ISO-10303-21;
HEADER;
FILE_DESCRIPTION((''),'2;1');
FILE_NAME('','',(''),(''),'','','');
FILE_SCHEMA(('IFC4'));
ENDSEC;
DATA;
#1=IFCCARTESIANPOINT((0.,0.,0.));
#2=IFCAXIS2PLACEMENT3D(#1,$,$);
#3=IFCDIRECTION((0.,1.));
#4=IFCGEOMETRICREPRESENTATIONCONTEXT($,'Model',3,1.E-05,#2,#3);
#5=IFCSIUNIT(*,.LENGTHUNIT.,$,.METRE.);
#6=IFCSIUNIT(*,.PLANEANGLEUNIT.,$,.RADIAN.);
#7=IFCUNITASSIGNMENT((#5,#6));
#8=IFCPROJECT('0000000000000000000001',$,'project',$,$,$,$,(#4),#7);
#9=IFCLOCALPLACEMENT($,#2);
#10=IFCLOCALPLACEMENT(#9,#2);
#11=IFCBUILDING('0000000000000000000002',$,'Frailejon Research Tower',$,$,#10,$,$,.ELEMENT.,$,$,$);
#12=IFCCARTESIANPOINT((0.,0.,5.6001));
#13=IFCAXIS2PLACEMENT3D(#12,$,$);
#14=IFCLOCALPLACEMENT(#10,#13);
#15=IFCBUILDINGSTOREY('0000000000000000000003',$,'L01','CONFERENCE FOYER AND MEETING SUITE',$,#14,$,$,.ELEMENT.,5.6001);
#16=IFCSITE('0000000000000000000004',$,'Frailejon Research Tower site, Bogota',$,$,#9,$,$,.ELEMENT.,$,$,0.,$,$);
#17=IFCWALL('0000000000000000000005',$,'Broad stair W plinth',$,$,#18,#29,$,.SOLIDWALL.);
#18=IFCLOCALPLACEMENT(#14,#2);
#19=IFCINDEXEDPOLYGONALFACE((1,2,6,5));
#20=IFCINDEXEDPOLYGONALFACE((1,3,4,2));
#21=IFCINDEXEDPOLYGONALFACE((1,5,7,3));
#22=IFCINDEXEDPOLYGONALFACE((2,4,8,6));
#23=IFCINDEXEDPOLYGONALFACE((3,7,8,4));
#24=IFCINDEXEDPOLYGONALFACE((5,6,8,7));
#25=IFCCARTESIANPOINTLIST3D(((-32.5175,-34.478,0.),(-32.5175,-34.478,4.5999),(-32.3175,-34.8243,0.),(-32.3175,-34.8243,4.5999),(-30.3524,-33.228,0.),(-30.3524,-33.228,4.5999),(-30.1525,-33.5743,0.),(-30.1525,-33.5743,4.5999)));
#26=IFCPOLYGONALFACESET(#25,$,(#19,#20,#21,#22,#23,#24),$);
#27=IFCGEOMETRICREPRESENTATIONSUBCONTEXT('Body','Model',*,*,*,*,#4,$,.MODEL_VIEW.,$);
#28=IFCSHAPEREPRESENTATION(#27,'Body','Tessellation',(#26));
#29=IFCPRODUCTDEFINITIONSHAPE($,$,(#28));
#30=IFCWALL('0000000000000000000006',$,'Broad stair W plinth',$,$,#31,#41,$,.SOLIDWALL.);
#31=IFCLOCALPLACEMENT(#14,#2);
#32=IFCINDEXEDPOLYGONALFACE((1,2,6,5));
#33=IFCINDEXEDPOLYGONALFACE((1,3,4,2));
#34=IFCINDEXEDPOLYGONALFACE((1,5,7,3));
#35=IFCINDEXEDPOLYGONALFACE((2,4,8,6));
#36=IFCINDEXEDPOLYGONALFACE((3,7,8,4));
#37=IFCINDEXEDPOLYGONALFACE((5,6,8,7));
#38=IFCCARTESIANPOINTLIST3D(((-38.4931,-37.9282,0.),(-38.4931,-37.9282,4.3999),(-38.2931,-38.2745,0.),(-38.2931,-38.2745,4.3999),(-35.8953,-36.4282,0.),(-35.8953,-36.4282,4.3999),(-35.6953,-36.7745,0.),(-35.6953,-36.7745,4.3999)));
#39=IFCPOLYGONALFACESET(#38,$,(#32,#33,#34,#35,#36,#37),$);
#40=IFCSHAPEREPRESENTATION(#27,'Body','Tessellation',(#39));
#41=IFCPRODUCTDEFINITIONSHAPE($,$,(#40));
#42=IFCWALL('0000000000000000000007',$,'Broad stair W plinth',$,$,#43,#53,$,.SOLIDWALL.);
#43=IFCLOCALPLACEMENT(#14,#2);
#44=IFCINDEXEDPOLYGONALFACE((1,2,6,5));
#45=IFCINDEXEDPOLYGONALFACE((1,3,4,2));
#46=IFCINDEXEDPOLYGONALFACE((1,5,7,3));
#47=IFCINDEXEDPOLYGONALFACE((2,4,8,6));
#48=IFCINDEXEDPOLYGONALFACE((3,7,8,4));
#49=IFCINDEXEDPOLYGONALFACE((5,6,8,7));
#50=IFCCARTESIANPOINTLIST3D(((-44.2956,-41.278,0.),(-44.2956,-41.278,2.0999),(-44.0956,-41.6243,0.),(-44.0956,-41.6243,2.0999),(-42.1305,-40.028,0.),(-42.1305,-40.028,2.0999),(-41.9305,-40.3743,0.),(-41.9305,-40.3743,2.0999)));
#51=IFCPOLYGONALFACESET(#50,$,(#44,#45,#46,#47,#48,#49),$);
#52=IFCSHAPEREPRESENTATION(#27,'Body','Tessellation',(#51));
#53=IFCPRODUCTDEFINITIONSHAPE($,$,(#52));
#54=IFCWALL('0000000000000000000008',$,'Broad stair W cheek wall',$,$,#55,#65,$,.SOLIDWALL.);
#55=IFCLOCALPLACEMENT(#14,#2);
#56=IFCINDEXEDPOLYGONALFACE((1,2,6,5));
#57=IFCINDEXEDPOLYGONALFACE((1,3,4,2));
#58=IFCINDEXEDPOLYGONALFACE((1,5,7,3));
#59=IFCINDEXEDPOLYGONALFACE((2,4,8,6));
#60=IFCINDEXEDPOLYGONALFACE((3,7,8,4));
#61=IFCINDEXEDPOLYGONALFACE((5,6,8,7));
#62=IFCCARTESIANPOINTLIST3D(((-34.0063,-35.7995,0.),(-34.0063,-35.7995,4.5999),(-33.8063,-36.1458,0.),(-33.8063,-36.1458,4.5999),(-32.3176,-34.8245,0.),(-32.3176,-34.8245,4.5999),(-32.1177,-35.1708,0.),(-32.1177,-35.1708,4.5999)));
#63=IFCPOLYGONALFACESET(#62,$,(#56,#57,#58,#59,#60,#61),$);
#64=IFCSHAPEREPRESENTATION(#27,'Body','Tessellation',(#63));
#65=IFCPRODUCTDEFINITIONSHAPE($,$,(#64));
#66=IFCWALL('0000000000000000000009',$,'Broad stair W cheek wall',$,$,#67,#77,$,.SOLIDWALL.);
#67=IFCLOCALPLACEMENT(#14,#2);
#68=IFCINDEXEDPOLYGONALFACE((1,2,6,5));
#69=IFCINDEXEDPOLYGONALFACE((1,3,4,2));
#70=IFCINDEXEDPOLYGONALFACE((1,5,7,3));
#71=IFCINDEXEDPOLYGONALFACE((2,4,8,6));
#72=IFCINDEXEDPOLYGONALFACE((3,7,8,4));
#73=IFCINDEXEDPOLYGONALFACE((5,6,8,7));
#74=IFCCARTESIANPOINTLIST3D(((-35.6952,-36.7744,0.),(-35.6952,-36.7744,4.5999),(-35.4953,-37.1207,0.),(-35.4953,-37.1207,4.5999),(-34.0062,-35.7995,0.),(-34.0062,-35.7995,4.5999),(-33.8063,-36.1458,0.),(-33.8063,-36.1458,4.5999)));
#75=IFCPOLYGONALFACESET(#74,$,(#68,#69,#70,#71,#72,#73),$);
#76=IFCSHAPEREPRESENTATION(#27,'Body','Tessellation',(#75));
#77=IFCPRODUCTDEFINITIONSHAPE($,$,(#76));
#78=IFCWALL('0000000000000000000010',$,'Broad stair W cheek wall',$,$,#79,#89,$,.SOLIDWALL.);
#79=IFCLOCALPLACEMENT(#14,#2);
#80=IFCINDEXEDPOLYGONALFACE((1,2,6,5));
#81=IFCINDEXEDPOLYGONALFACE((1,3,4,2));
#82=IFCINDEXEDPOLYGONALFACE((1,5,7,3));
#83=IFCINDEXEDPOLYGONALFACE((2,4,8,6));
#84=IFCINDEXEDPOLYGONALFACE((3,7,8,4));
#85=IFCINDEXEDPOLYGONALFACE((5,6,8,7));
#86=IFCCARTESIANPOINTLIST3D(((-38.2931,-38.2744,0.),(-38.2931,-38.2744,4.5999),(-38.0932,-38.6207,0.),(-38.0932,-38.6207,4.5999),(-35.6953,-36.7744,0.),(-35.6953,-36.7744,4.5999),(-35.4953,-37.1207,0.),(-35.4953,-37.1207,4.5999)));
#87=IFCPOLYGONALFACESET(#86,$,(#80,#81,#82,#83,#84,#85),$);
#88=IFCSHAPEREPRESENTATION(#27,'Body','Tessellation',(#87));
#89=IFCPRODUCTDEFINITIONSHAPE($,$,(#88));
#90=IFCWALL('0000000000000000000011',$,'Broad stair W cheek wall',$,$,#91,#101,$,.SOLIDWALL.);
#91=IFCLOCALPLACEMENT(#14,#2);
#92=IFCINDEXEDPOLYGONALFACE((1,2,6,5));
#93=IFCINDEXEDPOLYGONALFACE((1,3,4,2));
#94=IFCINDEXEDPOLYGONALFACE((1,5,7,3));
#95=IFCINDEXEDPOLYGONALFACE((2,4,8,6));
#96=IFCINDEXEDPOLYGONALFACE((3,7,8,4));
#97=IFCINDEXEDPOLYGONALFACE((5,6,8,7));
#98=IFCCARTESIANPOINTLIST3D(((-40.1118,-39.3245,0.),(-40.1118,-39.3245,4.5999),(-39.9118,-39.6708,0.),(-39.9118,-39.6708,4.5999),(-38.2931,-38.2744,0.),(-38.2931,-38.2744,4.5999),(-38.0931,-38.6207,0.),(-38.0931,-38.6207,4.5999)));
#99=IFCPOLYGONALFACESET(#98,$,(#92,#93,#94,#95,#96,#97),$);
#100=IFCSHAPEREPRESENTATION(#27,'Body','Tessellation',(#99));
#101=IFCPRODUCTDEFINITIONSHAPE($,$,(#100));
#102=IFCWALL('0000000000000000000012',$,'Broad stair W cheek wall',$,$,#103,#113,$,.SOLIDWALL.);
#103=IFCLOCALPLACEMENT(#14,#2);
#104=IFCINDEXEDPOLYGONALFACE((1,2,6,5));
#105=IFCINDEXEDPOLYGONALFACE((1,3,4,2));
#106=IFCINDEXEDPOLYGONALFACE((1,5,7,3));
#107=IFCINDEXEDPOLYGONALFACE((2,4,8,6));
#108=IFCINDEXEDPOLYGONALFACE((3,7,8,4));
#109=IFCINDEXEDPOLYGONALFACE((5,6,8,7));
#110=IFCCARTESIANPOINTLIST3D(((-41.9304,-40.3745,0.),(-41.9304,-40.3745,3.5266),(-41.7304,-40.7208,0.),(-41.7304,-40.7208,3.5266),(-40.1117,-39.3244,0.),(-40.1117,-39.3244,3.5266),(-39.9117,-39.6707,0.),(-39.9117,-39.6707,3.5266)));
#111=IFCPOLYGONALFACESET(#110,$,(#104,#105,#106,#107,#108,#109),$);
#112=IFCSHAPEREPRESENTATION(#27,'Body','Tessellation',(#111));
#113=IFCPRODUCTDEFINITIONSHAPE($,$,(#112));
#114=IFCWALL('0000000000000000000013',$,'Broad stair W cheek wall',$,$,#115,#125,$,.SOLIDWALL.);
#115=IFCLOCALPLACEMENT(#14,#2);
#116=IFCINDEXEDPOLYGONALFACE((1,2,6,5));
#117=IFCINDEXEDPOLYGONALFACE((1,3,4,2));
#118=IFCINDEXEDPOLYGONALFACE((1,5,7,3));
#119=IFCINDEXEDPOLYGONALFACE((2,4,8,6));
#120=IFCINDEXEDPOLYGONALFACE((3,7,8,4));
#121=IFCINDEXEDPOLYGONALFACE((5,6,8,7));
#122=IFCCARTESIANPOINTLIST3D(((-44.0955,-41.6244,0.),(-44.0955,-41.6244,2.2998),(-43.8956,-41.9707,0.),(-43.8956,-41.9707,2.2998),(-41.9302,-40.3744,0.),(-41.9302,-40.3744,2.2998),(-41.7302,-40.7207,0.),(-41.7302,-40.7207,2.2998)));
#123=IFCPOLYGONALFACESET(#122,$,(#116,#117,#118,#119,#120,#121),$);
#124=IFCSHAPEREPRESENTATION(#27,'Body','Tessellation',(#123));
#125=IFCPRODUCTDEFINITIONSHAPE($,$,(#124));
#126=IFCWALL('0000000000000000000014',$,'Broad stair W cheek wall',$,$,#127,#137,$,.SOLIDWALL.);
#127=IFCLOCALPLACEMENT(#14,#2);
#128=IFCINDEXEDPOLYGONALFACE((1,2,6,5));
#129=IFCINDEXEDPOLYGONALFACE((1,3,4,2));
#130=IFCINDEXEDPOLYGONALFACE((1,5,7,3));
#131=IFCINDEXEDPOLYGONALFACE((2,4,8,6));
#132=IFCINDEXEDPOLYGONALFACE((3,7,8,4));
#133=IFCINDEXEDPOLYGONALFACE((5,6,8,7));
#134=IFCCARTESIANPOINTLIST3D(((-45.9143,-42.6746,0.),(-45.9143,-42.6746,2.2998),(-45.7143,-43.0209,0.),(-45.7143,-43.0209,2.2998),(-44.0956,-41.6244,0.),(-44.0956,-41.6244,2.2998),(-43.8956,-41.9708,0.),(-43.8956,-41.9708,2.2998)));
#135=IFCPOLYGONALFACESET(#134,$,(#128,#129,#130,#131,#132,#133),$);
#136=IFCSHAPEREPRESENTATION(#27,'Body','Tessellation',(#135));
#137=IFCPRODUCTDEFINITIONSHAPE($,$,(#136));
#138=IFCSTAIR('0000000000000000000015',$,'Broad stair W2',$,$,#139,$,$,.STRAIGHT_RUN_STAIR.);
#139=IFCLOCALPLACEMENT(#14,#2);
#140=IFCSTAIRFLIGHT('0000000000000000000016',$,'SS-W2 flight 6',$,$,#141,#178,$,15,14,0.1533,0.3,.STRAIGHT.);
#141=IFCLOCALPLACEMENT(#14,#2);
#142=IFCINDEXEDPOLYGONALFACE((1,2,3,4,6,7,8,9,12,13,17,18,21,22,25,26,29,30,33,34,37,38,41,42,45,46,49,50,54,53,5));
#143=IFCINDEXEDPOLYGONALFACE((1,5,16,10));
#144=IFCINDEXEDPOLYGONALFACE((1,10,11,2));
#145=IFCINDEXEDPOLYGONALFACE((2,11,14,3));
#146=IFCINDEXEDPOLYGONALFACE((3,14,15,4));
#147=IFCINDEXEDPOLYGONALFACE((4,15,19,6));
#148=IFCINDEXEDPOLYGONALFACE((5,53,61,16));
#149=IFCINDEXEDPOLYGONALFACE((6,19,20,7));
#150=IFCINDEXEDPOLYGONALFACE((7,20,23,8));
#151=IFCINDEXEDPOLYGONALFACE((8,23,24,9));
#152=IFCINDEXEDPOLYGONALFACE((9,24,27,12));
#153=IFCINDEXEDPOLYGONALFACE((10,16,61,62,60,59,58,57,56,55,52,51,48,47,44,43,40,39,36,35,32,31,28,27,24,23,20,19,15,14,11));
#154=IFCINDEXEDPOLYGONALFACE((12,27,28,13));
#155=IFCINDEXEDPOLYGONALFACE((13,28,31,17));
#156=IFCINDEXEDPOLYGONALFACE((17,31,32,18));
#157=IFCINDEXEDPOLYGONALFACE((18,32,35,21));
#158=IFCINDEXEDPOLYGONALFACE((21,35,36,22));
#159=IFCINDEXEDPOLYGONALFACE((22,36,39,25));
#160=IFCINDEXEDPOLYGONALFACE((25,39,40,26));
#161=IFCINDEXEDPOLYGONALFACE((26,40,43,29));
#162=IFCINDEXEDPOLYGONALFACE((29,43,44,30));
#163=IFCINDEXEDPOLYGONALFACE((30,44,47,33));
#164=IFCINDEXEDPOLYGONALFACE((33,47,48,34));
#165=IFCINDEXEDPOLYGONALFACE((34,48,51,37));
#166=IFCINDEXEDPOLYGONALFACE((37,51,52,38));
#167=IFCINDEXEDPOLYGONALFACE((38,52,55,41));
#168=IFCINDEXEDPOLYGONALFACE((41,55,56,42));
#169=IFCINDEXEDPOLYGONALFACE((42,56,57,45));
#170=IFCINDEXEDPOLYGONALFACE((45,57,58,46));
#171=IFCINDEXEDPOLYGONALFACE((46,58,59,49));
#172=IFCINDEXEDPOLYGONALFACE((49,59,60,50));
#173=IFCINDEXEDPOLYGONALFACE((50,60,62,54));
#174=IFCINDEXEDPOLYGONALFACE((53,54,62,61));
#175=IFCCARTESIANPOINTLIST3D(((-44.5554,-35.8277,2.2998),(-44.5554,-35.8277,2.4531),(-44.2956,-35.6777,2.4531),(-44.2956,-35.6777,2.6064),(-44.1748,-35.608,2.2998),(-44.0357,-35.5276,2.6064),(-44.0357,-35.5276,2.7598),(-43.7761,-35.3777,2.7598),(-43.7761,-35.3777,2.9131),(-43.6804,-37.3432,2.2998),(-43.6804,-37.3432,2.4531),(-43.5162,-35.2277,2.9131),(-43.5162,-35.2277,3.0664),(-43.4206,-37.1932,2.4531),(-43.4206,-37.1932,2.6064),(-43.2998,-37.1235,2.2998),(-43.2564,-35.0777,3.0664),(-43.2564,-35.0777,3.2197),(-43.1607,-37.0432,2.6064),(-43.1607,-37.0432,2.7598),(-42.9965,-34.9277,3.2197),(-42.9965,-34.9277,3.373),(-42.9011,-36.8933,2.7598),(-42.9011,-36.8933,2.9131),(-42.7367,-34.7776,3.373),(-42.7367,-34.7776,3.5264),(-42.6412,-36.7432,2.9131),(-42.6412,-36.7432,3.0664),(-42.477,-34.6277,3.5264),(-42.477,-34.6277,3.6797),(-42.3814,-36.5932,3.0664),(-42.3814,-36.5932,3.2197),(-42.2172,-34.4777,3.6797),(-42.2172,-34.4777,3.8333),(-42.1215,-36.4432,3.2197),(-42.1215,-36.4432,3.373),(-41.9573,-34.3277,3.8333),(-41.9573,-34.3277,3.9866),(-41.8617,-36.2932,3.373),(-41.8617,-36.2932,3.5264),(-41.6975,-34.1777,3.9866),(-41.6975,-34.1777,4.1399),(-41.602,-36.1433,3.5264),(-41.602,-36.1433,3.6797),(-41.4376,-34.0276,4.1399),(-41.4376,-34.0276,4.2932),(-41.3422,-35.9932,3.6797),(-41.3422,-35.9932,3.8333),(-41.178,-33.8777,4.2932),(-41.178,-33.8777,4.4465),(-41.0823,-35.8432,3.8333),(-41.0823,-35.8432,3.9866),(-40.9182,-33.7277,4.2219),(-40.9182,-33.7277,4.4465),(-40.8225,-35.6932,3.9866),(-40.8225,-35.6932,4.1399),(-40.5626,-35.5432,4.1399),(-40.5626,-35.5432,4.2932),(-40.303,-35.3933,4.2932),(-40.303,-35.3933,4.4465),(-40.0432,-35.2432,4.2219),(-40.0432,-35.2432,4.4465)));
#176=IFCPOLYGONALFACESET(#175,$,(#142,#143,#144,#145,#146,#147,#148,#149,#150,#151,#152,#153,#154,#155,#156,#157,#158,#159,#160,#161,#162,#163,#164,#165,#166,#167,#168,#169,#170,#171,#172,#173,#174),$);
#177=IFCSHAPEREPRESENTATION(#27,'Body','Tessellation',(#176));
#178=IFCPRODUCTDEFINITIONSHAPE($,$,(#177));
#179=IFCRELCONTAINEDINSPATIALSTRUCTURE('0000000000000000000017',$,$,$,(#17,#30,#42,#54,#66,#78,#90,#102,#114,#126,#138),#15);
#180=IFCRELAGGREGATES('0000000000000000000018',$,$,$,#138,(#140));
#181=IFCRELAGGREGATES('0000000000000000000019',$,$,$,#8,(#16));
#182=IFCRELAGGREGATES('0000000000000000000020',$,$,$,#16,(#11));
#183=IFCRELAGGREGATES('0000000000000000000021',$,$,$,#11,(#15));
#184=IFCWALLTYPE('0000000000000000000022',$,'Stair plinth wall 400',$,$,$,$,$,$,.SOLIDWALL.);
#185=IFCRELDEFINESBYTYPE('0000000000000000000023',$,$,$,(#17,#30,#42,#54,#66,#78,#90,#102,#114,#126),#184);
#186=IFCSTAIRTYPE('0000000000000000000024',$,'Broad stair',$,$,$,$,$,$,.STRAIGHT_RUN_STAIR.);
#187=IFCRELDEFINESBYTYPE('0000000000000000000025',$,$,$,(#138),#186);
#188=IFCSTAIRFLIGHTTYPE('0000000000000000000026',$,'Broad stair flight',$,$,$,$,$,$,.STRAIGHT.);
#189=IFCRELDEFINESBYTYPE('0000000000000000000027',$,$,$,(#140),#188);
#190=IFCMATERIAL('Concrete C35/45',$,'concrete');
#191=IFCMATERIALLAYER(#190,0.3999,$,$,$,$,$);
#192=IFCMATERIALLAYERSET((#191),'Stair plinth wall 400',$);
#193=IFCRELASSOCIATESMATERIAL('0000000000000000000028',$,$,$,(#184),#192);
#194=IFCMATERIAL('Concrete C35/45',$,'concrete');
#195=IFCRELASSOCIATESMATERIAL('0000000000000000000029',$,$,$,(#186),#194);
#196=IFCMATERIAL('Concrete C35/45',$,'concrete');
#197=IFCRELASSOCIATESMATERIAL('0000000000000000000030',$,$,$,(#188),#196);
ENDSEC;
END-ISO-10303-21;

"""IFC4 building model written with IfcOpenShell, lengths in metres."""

from ifc_helpers import new_model, si_unit, direction, frame, frame_2d, origin, place, context, subcontext, project, spatial, polyline, rectangle, outline, extrude, material, layer, layer_set, type_object, element, aggregate, save


model = new_model("IFC4")

# Units and contexts
model_context = context("Model", 3, precision=1e-05, world=origin(), true_north=direction((0.0, 1.0)))
body_context = subcontext(model_context, "Body", "Model", "MODEL_VIEW")
ifc_project = project(units=[si_unit("LENGTHUNIT", "METRE"), si_unit("PLANEANGLEUNIT", "RADIAN")], contexts=[model_context])

# Site, building, storey
site_placement = place(None, origin())
site = spatial("IfcSite", under=ifc_project, at=site_placement, Name="Frailejon Research Tower site, Bogota", CompositionType="ELEMENT", RefElevation=0.0)
building_placement = place(site_placement, origin())
building = spatial("IfcBuilding", under=site, at=building_placement, Name="Frailejon Research Tower", CompositionType="ELEMENT")
storey_placement = place(building_placement, frame((0.0, 0.0, 5.6001)))
storey = spatial("IfcBuildingStorey", under=building, at=storey_placement, Name="L01", Description="CONFERENCE FOYER AND MEETING SUITE", CompositionType="ELEMENT", Elevation=5.6001)

# Walls
ifc_material_1 = material(Name="Concrete C35/45", Category="concrete")
ifc_layer = layer(ifc_material_1, 0.3999)
ifc_layer_set = layer_set([ifc_layer], Name="Stair plinth wall 400")
wall_type = type_object("IfcWallType", Name="Stair plinth wall 400", PredefinedType="SOLIDWALL", material=ifc_layer_set)
wall_1_placement = place(storey_placement, frame((-30.2524, -33.4011, 0.0), z_axis=(0.0, 0.0, 1.0), x_axis=(-0.866023, -0.500004, 0.0)))
element("IfcWall", 1, at=wall_1_placement, inside=storey, type_object=wall_type, Name="Broad stair W plinth", PredefinedType="SOLIDWALL", context=body_context, shape_type="SweptSolid", body=[
    extrude(rectangle(XDim=2.5, YDim=0.3999, at=frame_2d((1.25, 0.0))), origin(), (0.0, 0.0, 1.0), 4.5999),
])
wall_2_placement = place(storey_placement, frame((-35.7952, -36.6013, 0.0), z_axis=(0.0, 0.0, 1.0), x_axis=(-0.866011, -0.500025, 0.0)))
element("IfcWall", 2, at=wall_2_placement, inside=storey, type_object=wall_type, Name="Broad stair W plinth", PredefinedType="SOLIDWALL", context=body_context, shape_type="SweptSolid", body=[
    extrude(rectangle(XDim=2.9998, YDim=0.3999, at=frame_2d((1.5, 0.0))), origin(), (0.0, 0.0, 1.0), 4.3999),
])
wall_3_placement = place(storey_placement, frame((-42.0305, -40.2012, 0.0), z_axis=(0.0, 0.0, 1.0), x_axis=(-0.866023, -0.500004, 0.0)))
element("IfcWall", 3, at=wall_3_placement, inside=storey, type_object=wall_type, Name="Broad stair W plinth", PredefinedType="SOLIDWALL", context=body_context, shape_type="SweptSolid", body=[
    extrude(rectangle(XDim=2.5, YDim=0.3999, at=frame_2d((1.25, 0.0))), origin(), (0.0, 0.0, 1.0), 2.0999),
])
wall_4_placement = place(storey_placement, frame((-32.2175, -34.9976, 0.0), z_axis=(0.0, 0.0, 1.0), x_axis=(-0.866, -0.500044, 0.0)))
element("IfcWall", 4, at=wall_4_placement, inside=storey, type_object=wall_type, Name="Broad stair W cheek wall", PredefinedType="SOLIDWALL", context=body_context, shape_type="SweptSolid", body=[
    extrude(rectangle(XDim=1.95, YDim=0.3999, at=frame_2d((0.9751, 0.0))), origin(), (0.0, 0.0, 1.0), 4.5999),
])
wall_5_placement = place(storey_placement, frame((-33.9062, -35.9727, 0.0), z_axis=(0.0, 0.0, 1.0), x_axis=(-0.866086, -0.499896, 0.0)))
element("IfcWall", 5, at=wall_5_placement, inside=storey, type_object=wall_type, Name="Broad stair W cheek wall", PredefinedType="SOLIDWALL", context=body_context, shape_type="SweptSolid", body=[
    extrude(rectangle(XDim=1.9502, YDim=0.3999, at=frame_2d((0.9751, 0.0))), origin(), (0.0, 0.0, 1.0), 4.5999),
])
wall_6_placement = place(storey_placement, frame((-35.5952, -36.9475, 0.0), z_axis=(0.0, 0.0, 1.0), x_axis=(-0.866011, -0.500025, 0.0)))
element("IfcWall", 6, at=wall_6_placement, inside=storey, type_object=wall_type, Name="Broad stair W cheek wall", PredefinedType="SOLIDWALL", context=body_context, shape_type="SweptSolid", body=[
    extrude(rectangle(XDim=2.9998, YDim=0.3999, at=frame_2d((1.5, 0.0))), origin(), (0.0, 0.0, 1.0), 4.5999),
])
wall_7_placement = place(storey_placement, frame((-38.1931, -38.4475, 0.0), z_axis=(0.0, 0.0, 1.0), x_axis=(-0.866009, -0.500028, 0.0)))
element("IfcWall", 7, at=wall_7_placement, inside=storey, type_object=wall_type, Name="Broad stair W cheek wall", PredefinedType="SOLIDWALL", context=body_context, shape_type="SweptSolid", body=[
    extrude(rectangle(XDim=2.1001, YDim=0.3999, at=frame_2d((1.05, 0.0))), origin(), (0.0, 0.0, 1.0), 4.5999),
])
wall_8_placement = place(storey_placement, frame((-40.0117, -39.4976, 0.0), z_axis=(0.0, 0.0, 1.0), x_axis=(-0.866009, -0.500028, 0.0)))
element("IfcWall", 8, at=wall_8_placement, inside=storey, type_object=wall_type, Name="Broad stair W cheek wall", PredefinedType="SOLIDWALL", context=body_context, shape_type="SweptSolid", body=[
    extrude(rectangle(XDim=2.1001, YDim=0.3999, at=frame_2d((1.05, 0.0))), origin(), (0.0, 0.0, 1.0), 3.5266),
])
wall_9_placement = place(storey_placement, frame((-41.8303, -40.5476, 0.0), z_axis=(0.0, 0.0, 1.0), x_axis=(-0.866047, -0.499962, 0.0)))
element("IfcWall", 9, at=wall_9_placement, inside=storey, type_object=wall_type, Name="Broad stair W cheek wall", PredefinedType="SOLIDWALL", context=body_context, shape_type="SweptSolid", body=[
    extrude(rectangle(XDim=2.5002, YDim=0.3999, at=frame_2d((1.25, 0.0))), origin(), (0.0, 0.0, 1.0), 2.2998),
])
wall_10_placement = place(storey_placement, frame((-43.9956, -41.7976, 0.0), z_axis=(0.0, 0.0, 1.0), x_axis=(-0.866009, -0.500028, 0.0)))
element("IfcWall", 10, at=wall_10_placement, inside=storey, type_object=wall_type, Name="Broad stair W cheek wall", PredefinedType="SOLIDWALL", context=body_context, shape_type="SweptSolid", body=[
    extrude(rectangle(XDim=2.1001, YDim=0.3999, at=frame_2d((1.05, 0.0))), origin(), (0.0, 0.0, 1.0), 2.2998),
])

# Stair, stair flight
ifc_material_2 = material(Name="Concrete C35/45", Category="concrete")
stair_type = type_object("IfcStairType", Name="Broad stair", PredefinedType="STRAIGHT_RUN_STAIR", material=ifc_material_2)
stair_placement = place(storey_placement, origin())
stair = element("IfcStair", 11, at=stair_placement, inside=storey, type_object=stair_type, Name="Broad stair W2", PredefinedType="STRAIGHT_RUN_STAIR")
ifc_material_3 = material(Name="Concrete C35/45", Category="concrete")
stair_flight_type = type_object("IfcStairFlightType", Name="Broad stair flight", PredefinedType="STRAIGHT", material=ifc_material_3)
stair_flight_1_placement = place(storey_placement, frame((-44.1179, -36.5854, 2.2998), z_axis=(0.0, 0.0, 1.0), x_axis=(0.866025, 0.5, 0.0)))
stair_flight_1 = element("IfcStairFlight", 12, at=stair_flight_1_placement, type_object=stair_flight_type, Name="SS-W2 flight 6", NumberOfRisers=15, NumberOfTreads=14, PredefinedType="STRAIGHT", RiserHeight=0.1533, TreadLength=0.3, context=body_context, shape_type="SweptSolid", body=[
    extrude(outline(polyline([(0.0, 0.0), (0.0, 0.1533), (0.3, 0.1533), (0.3, 0.3066), (0.6001, 0.3066), (0.6001, 0.46), (0.8999, 0.46), (0.8999, 0.6133), (1.2, 0.6133), (1.2, 0.7666), (1.5, 0.7666), (1.5, 0.9199), (1.8, 0.9199), (1.8, 1.0732), (2.1001, 1.0732), (2.1001, 1.2266), (2.3999, 1.2266), (2.3999, 1.3799), (2.7, 1.3799), (2.7, 1.5334), (3.0, 1.5334), (3.0, 1.6868), (3.3, 1.6868), (3.3, 1.8401), (3.6001, 1.8401), (3.6001, 1.9934), (3.8999, 1.9934), (3.8999, 2.1467), (4.2, 2.1467), (4.2, 2.3), (4.2, 1.9221), (0.4395, 0.0), (0.0, 0.0)])), frame((0.0, 0.875, 0.0), z_axis=(0.0, -1.0, 0.0), x_axis=(1.0, 0.0, 0.0)), (0.0, 0.0, 1.0), 1.75),
])
aggregate(stair, [stair_flight_1])

save(model, "model.ifc")
